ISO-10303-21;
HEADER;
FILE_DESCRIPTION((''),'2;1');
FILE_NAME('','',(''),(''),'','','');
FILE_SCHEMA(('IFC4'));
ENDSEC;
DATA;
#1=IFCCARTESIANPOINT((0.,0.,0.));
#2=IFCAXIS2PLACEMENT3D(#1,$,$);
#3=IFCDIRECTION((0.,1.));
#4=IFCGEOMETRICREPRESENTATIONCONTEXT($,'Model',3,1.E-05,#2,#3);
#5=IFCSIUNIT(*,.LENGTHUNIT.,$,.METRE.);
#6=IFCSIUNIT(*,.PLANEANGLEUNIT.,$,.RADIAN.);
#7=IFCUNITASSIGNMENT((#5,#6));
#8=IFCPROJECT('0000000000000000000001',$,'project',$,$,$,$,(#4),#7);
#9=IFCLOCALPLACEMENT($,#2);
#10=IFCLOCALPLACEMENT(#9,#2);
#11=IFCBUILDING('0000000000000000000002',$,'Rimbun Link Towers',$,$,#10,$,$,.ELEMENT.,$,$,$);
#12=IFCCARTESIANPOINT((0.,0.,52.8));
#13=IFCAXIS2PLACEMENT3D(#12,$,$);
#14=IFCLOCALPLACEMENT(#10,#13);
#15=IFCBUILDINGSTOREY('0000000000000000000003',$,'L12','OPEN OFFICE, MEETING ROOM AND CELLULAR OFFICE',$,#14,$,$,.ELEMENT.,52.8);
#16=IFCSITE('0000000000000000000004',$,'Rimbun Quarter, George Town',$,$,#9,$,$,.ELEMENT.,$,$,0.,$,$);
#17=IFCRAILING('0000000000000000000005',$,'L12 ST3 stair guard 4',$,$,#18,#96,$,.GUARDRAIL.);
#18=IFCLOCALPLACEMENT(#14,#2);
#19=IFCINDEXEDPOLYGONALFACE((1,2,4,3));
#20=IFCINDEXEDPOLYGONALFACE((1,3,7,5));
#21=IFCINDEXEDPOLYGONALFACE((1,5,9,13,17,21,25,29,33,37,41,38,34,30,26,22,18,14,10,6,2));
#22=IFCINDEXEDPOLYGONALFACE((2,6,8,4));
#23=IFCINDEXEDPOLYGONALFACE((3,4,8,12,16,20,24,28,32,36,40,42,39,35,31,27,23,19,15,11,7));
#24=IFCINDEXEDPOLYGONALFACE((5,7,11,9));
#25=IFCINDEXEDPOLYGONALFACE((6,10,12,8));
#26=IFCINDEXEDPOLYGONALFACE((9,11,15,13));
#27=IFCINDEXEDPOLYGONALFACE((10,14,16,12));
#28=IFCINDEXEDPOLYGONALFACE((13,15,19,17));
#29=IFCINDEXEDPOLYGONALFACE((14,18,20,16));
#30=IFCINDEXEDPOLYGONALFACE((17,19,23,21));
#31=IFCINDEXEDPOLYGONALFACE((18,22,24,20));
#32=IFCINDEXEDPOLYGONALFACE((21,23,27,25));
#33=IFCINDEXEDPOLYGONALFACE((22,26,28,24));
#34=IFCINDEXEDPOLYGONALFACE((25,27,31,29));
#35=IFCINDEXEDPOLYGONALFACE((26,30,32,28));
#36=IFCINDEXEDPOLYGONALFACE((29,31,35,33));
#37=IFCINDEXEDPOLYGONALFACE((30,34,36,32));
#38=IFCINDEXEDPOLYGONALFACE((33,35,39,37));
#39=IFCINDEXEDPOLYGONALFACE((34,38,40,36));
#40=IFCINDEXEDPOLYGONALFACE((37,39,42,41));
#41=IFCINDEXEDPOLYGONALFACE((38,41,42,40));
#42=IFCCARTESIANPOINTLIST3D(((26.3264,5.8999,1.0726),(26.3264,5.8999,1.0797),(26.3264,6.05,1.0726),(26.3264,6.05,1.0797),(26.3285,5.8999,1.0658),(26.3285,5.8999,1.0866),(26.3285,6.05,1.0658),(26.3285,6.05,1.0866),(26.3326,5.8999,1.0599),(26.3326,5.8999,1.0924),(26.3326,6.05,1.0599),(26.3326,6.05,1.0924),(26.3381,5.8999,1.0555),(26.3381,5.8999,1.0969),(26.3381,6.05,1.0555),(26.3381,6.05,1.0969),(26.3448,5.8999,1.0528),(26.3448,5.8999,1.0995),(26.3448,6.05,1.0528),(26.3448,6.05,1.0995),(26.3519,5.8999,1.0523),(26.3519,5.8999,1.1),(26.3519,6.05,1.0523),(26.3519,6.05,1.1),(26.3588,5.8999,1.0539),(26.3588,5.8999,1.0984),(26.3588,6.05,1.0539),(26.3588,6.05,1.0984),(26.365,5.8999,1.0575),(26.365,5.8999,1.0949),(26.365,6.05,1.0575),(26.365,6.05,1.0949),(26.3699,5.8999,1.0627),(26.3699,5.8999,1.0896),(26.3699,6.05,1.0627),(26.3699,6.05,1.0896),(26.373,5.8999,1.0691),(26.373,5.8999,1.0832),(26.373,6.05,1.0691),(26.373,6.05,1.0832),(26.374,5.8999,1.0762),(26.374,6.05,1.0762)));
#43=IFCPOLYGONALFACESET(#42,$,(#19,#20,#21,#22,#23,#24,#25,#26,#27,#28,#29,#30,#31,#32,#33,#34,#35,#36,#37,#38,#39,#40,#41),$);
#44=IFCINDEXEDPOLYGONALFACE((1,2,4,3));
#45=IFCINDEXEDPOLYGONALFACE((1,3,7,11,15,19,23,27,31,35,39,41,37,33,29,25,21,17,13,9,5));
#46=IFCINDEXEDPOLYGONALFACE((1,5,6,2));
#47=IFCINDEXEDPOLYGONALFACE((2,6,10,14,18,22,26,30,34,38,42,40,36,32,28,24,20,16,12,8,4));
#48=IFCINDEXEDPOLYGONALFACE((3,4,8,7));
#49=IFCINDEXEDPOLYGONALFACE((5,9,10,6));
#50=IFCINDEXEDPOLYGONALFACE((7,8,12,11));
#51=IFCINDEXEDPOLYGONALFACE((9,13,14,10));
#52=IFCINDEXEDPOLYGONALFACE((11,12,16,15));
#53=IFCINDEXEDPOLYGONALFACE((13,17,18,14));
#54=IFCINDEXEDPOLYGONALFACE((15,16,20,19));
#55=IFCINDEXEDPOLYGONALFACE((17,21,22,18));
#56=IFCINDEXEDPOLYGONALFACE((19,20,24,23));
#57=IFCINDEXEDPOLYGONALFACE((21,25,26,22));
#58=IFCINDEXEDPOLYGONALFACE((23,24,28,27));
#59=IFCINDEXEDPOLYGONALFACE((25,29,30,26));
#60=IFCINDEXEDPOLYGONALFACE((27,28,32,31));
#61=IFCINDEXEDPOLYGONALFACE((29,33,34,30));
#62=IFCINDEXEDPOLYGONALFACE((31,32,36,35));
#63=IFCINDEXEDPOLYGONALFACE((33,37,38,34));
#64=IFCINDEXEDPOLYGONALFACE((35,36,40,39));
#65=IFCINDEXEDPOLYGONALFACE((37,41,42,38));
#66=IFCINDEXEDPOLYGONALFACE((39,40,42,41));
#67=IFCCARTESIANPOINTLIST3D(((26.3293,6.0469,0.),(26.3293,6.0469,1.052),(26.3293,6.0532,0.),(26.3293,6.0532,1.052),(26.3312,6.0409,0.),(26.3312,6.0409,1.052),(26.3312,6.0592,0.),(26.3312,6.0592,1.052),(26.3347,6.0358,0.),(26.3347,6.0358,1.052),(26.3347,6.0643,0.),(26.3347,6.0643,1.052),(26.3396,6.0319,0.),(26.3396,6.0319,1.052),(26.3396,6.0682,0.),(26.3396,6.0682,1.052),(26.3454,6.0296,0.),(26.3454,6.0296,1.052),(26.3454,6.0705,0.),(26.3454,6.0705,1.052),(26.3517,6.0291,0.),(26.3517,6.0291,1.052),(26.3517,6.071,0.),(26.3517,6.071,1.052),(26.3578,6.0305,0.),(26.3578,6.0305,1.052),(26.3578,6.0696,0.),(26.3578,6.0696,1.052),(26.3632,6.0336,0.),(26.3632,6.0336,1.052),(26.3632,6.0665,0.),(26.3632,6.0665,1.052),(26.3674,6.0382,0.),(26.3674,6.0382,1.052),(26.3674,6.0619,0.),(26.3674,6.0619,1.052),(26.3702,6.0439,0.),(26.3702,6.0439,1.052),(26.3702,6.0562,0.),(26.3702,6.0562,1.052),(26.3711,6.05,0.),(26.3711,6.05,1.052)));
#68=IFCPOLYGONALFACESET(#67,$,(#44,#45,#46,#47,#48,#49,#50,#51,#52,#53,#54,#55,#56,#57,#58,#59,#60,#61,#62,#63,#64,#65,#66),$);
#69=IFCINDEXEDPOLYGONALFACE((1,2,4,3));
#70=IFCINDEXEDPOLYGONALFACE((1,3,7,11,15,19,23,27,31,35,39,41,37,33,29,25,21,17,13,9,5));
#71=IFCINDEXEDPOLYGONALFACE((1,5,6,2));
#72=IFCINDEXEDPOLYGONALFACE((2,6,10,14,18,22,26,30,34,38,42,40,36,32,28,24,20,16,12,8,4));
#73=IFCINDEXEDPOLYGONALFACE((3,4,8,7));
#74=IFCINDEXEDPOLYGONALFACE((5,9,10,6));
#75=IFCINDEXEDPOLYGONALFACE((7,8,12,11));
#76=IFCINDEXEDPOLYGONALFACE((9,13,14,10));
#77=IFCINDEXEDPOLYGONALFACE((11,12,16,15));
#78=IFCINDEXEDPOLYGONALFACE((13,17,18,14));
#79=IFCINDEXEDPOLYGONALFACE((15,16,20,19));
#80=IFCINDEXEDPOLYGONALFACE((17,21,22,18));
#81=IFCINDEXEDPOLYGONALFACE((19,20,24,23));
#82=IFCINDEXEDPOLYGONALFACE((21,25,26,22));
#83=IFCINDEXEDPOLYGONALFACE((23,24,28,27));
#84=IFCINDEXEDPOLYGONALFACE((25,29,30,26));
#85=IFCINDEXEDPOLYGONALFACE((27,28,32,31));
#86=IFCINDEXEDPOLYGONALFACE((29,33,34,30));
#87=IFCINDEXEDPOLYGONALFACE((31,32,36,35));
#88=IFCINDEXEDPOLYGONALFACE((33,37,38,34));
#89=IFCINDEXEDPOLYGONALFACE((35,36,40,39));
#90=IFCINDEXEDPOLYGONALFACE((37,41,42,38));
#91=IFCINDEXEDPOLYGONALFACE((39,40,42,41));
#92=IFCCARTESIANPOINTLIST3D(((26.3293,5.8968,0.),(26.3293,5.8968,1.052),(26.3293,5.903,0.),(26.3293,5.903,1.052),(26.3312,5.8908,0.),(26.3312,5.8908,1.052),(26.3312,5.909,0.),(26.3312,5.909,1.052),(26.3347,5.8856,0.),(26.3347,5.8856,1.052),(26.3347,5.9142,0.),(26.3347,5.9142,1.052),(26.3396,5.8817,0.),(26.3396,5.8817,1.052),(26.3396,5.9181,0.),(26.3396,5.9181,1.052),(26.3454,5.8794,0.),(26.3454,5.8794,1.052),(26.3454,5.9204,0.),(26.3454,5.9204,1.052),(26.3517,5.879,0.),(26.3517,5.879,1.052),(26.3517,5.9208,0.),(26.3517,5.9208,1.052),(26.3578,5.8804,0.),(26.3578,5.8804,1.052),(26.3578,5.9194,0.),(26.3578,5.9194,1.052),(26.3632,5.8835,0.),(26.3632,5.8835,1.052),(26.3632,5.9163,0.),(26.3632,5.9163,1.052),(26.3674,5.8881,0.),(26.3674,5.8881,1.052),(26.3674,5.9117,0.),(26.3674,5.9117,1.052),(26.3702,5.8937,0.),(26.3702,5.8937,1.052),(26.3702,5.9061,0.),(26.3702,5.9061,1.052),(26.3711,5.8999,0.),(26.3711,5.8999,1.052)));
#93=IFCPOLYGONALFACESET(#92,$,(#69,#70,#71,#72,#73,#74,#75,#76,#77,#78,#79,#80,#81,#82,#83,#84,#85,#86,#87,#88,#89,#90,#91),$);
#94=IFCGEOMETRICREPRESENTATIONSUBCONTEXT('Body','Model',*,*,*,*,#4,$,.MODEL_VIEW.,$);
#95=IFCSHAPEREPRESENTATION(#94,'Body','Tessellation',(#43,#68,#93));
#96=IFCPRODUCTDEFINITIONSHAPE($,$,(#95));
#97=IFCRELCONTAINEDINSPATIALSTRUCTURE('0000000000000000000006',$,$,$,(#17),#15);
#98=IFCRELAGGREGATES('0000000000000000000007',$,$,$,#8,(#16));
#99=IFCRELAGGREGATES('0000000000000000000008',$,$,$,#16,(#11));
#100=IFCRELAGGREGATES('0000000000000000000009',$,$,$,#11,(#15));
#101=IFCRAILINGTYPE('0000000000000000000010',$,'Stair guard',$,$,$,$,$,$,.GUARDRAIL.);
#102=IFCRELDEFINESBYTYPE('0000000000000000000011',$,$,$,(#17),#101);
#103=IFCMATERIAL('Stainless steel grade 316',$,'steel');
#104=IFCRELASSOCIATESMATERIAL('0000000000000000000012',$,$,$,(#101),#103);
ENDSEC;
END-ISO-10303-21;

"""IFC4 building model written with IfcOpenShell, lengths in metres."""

from ifc_helpers import new_model, si_unit, direction, frame, origin, origin_2d, place, context, subcontext, project, spatial, circle, extrude, material, type_object, element, save


model = new_model("IFC4")

# Units and contexts
model_context = context("Model", 3, precision=1e-05, world=origin(), true_north=direction((0.0, 1.0)))
body_context = subcontext(model_context, "Body", "Model", "MODEL_VIEW")
ifc_project = project(units=[si_unit("LENGTHUNIT", "METRE"), si_unit("PLANEANGLEUNIT", "RADIAN")], contexts=[model_context])

# Site, building, storey
site_placement = place(None, origin())
site = spatial("IfcSite", under=ifc_project, at=site_placement, Name="Rimbun Quarter, George Town", CompositionType="ELEMENT", RefElevation=0.0)
building_placement = place(site_placement, origin())
building = spatial("IfcBuilding", under=site, at=building_placement, Name="Rimbun Link Towers", CompositionType="ELEMENT")
storey_placement = place(building_placement, frame((0.0, 0.0, 52.8)))
storey = spatial("IfcBuildingStorey", under=building, at=storey_placement, Name="L12", Description="OPEN OFFICE, MEETING ROOM AND CELLULAR OFFICE", CompositionType="ELEMENT", Elevation=52.8)

# Railing
ifc_material_1 = material(Name="Stainless steel grade 316", Category="steel")
railing_type_1 = type_object("IfcRailingType", Name="Stair guard", PredefinedType="GUARDRAIL", material=ifc_material_1)
railing_1_placement = place(storey_placement, frame((26.3501, 6.05, 0.0)))
element("IfcRailing", 1, at=railing_1_placement, inside=storey, type_object=railing_type_1, Name="L12 ST3 stair guard 4", PredefinedType="GUARDRAIL", context=body_context, shape_type="SweptSolid", body=[
    extrude(circle(Radius=0.0239, at=origin_2d()), frame((0.0, 0.0, 1.0762), z_axis=(0.0, -1.0, 0.0), x_axis=(1.0, 0.0, 0.0)), (0.0, 0.0, 1.0), 0.1501),
    extrude(circle(Radius=0.021, at=origin_2d()), origin(), (0.0, 0.0, 1.0), 1.052),
    extrude(circle(Radius=0.021, at=origin_2d()), frame((0.0, -0.1501, 0.0)), (0.0, 0.0, 1.0), 1.052),
])

save(model, "model.ifc")
